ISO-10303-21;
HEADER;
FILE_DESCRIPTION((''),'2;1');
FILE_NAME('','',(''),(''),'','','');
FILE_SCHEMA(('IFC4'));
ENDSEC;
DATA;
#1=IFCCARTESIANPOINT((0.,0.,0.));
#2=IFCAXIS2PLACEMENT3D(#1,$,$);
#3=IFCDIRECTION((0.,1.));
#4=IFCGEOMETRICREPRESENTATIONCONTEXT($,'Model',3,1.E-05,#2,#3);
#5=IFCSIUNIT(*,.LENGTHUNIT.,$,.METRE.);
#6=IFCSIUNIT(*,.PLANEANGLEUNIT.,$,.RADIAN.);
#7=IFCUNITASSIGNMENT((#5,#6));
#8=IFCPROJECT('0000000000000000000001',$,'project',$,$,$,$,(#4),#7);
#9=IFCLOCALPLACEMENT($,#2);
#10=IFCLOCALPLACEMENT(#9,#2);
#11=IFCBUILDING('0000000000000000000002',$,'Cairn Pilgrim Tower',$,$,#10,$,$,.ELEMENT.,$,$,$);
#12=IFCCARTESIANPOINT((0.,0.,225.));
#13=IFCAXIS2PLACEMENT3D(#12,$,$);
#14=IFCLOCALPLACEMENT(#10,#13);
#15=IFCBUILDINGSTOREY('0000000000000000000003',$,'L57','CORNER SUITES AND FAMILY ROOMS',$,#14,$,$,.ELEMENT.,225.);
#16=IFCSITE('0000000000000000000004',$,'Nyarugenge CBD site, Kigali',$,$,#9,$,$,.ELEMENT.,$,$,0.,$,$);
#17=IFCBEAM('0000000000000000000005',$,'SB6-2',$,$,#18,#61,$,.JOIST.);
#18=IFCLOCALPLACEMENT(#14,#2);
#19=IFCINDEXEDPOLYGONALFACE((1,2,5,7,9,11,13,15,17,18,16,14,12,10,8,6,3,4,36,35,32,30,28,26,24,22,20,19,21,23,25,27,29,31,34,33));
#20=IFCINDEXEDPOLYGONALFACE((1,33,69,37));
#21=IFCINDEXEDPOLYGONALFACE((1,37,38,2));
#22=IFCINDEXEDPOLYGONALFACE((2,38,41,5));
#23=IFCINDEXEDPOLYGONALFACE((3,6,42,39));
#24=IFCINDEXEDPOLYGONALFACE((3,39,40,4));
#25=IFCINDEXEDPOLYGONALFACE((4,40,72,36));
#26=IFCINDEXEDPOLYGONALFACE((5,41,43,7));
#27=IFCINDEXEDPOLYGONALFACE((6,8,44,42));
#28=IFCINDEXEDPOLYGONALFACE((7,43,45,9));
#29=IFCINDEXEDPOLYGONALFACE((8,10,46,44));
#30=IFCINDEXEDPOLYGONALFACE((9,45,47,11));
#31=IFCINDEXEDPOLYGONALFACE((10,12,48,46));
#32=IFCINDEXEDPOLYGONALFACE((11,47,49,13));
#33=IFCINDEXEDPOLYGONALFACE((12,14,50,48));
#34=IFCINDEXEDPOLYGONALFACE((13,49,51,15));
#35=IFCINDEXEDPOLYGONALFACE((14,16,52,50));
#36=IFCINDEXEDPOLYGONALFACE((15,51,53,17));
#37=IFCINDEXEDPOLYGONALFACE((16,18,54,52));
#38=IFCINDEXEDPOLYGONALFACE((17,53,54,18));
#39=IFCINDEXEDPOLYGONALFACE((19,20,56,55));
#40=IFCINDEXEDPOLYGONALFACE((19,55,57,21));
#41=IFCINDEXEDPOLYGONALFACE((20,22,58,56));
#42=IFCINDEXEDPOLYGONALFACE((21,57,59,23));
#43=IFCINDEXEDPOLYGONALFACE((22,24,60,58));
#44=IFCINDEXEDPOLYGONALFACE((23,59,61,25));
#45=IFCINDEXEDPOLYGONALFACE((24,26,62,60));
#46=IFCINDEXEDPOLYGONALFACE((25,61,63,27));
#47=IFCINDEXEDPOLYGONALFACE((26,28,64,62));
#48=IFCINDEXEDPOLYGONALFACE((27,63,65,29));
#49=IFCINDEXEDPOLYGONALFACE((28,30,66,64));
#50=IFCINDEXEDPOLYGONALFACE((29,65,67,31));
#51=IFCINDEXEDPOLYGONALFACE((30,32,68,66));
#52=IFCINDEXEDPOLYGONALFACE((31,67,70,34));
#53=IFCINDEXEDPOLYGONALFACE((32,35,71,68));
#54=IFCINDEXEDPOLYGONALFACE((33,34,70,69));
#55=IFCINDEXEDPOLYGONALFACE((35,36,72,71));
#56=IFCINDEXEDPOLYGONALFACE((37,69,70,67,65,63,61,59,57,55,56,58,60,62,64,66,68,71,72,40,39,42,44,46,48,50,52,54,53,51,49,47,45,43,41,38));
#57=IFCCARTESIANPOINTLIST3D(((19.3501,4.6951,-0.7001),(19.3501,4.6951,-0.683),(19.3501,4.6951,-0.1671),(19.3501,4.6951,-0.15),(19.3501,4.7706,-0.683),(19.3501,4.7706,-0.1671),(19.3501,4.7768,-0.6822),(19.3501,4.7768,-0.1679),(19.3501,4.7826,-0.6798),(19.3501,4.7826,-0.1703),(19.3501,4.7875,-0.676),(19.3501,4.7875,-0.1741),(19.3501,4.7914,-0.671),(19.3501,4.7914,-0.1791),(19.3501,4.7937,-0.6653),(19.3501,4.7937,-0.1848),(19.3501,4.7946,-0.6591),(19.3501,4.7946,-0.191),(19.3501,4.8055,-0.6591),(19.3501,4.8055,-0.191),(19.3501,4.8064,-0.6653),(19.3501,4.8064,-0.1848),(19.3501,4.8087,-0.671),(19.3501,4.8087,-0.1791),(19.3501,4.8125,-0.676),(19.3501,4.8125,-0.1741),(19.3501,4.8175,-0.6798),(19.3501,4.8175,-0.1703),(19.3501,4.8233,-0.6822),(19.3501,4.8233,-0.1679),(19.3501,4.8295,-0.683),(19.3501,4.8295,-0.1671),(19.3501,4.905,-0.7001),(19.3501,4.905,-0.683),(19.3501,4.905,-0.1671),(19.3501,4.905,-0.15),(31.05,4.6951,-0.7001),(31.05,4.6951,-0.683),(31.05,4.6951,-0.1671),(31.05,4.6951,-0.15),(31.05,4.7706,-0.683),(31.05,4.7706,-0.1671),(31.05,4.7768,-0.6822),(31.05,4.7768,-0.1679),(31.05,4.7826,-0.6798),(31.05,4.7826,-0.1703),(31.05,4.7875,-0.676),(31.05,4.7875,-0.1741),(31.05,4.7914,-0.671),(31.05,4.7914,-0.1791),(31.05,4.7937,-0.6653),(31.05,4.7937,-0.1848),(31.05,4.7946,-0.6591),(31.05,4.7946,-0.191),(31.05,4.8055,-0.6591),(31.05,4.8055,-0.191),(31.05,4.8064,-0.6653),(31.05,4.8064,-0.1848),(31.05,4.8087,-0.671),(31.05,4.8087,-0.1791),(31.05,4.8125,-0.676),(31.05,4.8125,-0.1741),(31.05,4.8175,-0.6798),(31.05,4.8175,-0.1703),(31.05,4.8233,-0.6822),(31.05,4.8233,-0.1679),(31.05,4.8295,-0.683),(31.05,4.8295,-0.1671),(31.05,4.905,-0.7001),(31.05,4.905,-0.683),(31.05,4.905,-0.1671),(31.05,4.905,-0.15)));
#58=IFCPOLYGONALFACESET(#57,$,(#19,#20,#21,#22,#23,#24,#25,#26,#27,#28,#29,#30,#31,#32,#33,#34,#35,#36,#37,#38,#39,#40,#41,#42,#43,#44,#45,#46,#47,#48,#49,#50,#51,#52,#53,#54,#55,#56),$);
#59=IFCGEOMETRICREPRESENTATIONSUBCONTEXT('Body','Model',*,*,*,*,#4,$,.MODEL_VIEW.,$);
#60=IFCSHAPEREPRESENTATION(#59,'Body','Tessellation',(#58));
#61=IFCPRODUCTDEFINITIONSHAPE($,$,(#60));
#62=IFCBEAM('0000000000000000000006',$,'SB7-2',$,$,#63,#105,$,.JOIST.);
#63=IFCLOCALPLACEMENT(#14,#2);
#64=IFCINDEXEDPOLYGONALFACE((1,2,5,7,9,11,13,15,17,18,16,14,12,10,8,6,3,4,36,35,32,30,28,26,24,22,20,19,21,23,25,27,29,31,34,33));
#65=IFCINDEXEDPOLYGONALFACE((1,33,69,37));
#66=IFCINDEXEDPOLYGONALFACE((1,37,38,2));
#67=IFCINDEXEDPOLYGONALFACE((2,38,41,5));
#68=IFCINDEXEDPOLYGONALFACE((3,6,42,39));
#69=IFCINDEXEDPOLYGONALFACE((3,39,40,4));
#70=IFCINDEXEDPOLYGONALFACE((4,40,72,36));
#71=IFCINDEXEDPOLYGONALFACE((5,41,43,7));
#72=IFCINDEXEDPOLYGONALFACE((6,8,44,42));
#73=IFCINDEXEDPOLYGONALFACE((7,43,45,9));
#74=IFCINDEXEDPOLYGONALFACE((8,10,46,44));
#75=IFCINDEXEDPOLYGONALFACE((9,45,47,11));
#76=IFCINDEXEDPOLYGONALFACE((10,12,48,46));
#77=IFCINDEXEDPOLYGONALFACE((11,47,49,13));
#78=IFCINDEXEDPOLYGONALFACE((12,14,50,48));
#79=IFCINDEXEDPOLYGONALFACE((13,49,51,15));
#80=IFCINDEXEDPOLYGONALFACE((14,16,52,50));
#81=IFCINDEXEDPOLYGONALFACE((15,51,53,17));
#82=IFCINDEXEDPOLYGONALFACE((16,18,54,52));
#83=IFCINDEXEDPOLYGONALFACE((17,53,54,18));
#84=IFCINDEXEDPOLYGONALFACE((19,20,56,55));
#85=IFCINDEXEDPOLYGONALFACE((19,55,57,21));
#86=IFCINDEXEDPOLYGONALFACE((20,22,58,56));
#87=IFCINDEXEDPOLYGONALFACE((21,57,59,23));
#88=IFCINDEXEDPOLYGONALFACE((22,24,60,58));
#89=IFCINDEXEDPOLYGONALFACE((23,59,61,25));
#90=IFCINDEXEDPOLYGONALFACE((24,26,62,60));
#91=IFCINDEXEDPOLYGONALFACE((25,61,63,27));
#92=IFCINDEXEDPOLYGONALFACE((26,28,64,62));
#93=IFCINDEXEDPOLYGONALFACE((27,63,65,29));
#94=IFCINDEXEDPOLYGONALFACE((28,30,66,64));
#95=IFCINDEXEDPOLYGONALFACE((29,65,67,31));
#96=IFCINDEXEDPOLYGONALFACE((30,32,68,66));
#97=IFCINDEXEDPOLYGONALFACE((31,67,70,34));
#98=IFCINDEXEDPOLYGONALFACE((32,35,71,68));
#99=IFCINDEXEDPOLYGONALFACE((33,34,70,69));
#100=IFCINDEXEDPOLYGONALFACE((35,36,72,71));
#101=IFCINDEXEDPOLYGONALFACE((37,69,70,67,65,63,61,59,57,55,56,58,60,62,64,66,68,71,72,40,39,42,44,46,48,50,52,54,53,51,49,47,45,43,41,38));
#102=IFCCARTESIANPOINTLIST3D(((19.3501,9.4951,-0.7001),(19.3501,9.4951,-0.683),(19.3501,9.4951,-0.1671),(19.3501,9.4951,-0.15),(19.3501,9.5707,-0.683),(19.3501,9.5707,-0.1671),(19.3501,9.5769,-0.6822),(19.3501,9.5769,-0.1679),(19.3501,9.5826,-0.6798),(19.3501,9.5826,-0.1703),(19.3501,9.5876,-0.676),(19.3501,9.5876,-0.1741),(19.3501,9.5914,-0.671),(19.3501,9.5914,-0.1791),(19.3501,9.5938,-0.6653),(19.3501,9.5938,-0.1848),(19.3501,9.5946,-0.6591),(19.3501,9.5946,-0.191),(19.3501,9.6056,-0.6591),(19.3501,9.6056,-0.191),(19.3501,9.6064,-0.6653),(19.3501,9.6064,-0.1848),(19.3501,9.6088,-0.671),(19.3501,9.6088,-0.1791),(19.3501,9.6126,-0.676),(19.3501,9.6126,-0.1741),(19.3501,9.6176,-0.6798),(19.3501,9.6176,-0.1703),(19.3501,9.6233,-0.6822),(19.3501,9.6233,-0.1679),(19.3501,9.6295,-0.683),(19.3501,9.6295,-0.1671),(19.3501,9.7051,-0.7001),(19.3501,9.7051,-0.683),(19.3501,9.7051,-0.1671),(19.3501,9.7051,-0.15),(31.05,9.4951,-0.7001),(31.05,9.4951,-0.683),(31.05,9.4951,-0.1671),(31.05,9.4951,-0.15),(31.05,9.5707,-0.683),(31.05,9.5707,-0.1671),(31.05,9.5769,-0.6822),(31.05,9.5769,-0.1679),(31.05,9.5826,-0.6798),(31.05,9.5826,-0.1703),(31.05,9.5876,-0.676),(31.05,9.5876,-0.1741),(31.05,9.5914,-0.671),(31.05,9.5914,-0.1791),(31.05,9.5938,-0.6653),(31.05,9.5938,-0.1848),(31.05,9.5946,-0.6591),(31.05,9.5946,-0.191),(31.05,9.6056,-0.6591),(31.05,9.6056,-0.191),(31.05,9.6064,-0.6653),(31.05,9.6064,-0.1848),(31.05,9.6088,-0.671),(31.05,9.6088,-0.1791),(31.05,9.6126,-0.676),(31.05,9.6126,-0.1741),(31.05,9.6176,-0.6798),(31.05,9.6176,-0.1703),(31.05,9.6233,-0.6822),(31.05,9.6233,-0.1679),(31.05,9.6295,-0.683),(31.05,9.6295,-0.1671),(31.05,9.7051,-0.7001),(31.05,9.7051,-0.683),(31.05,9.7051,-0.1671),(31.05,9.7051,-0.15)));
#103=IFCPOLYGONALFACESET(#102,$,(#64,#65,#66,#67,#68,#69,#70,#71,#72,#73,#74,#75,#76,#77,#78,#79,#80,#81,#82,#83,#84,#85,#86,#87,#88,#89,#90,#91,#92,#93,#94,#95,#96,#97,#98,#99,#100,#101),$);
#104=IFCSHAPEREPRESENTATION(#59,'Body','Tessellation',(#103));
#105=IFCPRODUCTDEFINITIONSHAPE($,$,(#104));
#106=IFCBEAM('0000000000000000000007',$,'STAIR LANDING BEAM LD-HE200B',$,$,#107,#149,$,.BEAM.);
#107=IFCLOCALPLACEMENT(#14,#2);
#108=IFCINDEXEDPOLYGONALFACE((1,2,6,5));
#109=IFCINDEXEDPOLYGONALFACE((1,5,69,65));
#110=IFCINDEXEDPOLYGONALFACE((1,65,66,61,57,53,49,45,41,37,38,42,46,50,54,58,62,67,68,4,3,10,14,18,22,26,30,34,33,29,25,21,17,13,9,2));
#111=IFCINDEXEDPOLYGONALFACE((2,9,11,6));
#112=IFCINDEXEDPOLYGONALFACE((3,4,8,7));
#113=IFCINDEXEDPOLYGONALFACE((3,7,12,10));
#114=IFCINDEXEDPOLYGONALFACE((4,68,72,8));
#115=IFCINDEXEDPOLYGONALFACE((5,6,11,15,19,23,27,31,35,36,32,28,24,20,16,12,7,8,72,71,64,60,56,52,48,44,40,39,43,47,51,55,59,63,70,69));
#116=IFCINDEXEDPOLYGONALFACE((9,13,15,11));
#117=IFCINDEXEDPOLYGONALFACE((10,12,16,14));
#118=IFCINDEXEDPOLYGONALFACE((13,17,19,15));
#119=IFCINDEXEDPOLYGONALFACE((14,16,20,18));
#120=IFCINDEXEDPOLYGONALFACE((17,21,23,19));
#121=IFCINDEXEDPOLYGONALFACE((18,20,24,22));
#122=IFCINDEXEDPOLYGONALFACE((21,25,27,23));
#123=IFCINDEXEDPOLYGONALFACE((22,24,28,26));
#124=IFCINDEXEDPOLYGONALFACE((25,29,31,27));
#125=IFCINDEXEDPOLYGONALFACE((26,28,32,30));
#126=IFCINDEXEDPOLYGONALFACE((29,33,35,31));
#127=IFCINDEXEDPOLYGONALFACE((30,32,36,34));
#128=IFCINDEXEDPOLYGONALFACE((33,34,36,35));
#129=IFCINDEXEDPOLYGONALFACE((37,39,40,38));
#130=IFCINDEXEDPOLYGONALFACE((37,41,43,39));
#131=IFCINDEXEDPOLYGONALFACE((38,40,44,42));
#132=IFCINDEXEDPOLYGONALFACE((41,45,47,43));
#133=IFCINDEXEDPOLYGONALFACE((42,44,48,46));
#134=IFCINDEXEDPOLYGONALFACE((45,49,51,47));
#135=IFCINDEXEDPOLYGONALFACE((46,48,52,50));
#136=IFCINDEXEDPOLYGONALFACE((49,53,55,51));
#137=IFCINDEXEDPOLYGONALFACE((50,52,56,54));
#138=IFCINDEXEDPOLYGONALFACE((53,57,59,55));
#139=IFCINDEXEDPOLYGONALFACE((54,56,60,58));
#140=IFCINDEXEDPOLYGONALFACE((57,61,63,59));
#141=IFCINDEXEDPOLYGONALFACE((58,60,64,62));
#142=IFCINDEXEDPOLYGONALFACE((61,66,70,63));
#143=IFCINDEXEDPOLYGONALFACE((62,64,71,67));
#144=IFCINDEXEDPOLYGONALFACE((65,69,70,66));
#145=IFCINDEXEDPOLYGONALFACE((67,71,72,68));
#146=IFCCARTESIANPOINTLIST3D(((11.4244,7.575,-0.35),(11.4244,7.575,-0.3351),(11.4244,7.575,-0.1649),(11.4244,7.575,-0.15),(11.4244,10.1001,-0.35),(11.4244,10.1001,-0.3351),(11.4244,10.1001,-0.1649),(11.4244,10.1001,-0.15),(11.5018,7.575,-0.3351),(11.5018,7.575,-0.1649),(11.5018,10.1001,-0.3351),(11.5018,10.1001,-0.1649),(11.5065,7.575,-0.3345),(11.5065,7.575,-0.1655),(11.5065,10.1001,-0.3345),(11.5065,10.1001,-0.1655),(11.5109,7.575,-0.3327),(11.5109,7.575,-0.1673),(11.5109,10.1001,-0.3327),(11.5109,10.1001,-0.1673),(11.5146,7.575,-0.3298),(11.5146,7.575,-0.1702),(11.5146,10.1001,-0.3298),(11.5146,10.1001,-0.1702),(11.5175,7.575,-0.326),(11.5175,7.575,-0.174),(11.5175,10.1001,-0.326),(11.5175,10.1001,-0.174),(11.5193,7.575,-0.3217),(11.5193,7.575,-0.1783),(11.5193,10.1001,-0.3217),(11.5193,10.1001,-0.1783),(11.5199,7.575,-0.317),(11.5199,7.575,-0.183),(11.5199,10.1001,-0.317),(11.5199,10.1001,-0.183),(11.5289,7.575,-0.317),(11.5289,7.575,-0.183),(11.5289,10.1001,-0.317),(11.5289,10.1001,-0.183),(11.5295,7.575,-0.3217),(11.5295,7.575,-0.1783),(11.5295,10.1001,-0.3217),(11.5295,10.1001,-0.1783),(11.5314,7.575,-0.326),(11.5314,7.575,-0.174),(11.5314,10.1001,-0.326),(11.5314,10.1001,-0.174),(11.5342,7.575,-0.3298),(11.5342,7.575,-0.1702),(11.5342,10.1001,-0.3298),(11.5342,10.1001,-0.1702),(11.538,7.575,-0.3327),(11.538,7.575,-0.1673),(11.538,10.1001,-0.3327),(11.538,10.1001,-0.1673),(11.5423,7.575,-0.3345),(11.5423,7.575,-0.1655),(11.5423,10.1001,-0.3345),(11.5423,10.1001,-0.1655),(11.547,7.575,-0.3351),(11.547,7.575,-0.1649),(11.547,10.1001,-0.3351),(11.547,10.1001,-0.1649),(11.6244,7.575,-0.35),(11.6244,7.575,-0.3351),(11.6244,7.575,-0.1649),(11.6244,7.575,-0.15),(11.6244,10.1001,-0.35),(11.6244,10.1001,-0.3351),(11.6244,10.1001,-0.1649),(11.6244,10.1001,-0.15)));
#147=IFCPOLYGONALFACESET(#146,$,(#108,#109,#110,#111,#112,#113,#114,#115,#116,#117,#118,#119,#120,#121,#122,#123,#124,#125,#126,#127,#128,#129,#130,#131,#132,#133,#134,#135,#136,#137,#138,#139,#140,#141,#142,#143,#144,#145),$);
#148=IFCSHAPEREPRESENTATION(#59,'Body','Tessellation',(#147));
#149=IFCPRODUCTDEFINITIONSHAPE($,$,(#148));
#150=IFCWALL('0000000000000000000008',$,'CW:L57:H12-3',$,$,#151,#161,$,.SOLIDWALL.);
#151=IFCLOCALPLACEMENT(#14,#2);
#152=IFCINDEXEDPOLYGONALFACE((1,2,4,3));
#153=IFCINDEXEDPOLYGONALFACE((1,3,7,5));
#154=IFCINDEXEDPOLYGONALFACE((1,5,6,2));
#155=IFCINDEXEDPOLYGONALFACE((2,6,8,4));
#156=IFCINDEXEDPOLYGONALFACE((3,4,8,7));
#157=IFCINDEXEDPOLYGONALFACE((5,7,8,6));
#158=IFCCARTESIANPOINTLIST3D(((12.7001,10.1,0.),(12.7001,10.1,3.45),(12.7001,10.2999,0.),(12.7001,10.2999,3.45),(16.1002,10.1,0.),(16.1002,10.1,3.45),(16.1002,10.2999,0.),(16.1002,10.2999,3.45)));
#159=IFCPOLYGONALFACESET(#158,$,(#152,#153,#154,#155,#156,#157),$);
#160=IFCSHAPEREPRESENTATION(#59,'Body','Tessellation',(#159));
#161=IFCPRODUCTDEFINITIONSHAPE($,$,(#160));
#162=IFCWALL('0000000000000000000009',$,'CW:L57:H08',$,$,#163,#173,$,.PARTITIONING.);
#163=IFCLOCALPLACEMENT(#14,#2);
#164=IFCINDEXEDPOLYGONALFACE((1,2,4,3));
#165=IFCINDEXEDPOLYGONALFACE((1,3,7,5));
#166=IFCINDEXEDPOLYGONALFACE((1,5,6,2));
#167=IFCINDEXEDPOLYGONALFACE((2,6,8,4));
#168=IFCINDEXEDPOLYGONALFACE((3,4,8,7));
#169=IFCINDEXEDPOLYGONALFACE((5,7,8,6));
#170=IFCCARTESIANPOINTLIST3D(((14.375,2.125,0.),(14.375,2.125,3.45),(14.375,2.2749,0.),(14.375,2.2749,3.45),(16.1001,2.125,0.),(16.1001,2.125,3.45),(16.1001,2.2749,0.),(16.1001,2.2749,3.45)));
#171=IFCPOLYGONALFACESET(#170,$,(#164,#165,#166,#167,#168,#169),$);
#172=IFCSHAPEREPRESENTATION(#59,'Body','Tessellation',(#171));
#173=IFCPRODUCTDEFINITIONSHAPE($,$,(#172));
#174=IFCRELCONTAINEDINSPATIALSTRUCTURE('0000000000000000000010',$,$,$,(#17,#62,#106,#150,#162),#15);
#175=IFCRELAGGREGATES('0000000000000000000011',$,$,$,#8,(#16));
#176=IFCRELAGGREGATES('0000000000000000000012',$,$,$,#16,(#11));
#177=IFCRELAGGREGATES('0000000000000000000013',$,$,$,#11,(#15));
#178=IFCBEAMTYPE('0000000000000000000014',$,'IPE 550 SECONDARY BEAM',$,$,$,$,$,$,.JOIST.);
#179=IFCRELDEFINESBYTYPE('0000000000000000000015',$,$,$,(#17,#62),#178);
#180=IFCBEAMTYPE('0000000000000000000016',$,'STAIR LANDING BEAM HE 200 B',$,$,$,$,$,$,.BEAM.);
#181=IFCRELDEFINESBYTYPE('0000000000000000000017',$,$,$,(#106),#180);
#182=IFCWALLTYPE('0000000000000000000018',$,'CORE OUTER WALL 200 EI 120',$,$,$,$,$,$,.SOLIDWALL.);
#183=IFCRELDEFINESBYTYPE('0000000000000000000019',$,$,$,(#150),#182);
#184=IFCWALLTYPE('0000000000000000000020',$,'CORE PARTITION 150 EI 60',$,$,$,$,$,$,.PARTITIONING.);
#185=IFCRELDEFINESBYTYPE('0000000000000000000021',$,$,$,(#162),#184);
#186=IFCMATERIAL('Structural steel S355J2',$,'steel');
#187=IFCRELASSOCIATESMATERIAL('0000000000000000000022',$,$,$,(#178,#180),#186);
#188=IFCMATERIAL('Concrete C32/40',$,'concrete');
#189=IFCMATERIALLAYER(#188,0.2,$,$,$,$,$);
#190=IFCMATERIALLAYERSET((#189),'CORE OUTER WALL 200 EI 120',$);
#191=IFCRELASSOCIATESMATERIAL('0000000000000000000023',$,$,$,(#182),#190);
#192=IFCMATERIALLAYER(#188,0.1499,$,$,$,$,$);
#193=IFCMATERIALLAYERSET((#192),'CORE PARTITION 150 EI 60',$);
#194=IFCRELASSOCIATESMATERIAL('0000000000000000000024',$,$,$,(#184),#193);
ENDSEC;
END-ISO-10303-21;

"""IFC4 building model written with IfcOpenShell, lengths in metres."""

from ifc_helpers import new_model, si_unit, direction, frame, frame_2d, origin, origin_2d, place, context, subcontext, project, spatial, rectangle, i_section, extrude, material, layer, layer_set, material_profile, profile_set, type_object, element, save


model = new_model("IFC4")

# Units and contexts
model_context = context("Model", 3, precision=1e-05, world=origin(), true_north=direction((0.0, 1.0)))
body_context = subcontext(model_context, "Body", "Model", "MODEL_VIEW")
ifc_project = project(units=[si_unit("LENGTHUNIT", "METRE"), si_unit("PLANEANGLEUNIT", "RADIAN")], contexts=[model_context])

# Site, building, storey
site_placement = place(None, origin())
site = spatial("IfcSite", under=ifc_project, at=site_placement, Name="Nyarugenge CBD site, Kigali", CompositionType="ELEMENT", RefElevation=0.0)
building_placement = place(site_placement, origin())
building = spatial("IfcBuilding", under=site, at=building_placement, Name="Cairn Pilgrim Tower", CompositionType="ELEMENT")
storey_placement = place(building_placement, frame((0.0, 0.0, 225.0)))
storey = spatial("IfcBuildingStorey", under=building, at=storey_placement, Name="L57", Description="CORNER SUITES AND FAMILY ROOMS", CompositionType="ELEMENT", Elevation=225.0)

# Shared definitions
ifc_material_1 = material(Name="Structural steel S355J2", Category="steel")

# Beams
ifc_material_profile_1 = material_profile(ifc_material_1, i_section(OverallWidth=0.21, OverallDepth=0.55, WebThickness=0.011, FlangeThickness=0.0171, FilletRadius=0.0239, at=origin_2d()), Name="IPE 550")
ifc_profile_set_1 = profile_set([ifc_material_profile_1], Name="Structural steel S355J2")
beam_type_1 = type_object("IfcBeamType", Name="IPE 550 SECONDARY BEAM", PredefinedType="JOIST", material=ifc_profile_set_1)
for number, where, z_axis, x_axis, name in (
    (1, (19.3501, 4.8, -0.425), (1.0, 0.0, 0.0), (0.0, 1.0, 0.0), "SB6-2"),
    (2, (19.3501, 9.6001, -0.425), (1.0, 0.0, 0.0), (0.0, 1.0, 0.0), "SB7-2"),
):
    element("IfcBeam", number, at=place(storey_placement, frame(where, z_axis=z_axis, x_axis=x_axis)), inside=storey, type_object=beam_type_1, Name=name, PredefinedType="JOIST", context=body_context, shape_type="SweptSolid", body=[
        extrude(i_section(OverallWidth=0.21, OverallDepth=0.55, WebThickness=0.011, FlangeThickness=0.0171, FilletRadius=0.0239, at=origin_2d()), origin(), (0.0, 0.0, 1.0), 11.7),
    ])
ifc_material_profile_2 = material_profile(ifc_material_1, i_section(OverallWidth=0.2, OverallDepth=0.2, WebThickness=0.009, FlangeThickness=0.0149, FilletRadius=0.0181, at=origin_2d()), Name="HE 200 B")
ifc_profile_set_2 = profile_set([ifc_material_profile_2], Name="Structural steel S355J2")
beam_type_2 = type_object("IfcBeamType", Name="STAIR LANDING BEAM HE 200 B", PredefinedType="BEAM", material=ifc_profile_set_2)
beam_1_placement = place(storey_placement, frame((11.5244, 10.1001, -0.25), z_axis=(0.0, -1.0, 0.0), x_axis=(1.0, 0.0, 0.0)))
element("IfcBeam", 3, at=beam_1_placement, inside=storey, type_object=beam_type_2, Name="STAIR LANDING BEAM LD-HE200B", PredefinedType="BEAM", context=body_context, shape_type="SweptSolid", body=[
    extrude(i_section(OverallWidth=0.2, OverallDepth=0.2, WebThickness=0.009, FlangeThickness=0.0149, FilletRadius=0.0181, at=origin_2d()), origin(), (0.0, 0.0, 1.0), 2.5251),
])

# Walls
ifc_material_2 = material(Name="Concrete C32/40", Category="concrete")
ifc_layer_1 = layer(ifc_material_2, 0.2)
ifc_layer_set_1 = layer_set([ifc_layer_1], Name="CORE OUTER WALL 200 EI 120")
wall_type_1 = type_object("IfcWallType", Name="CORE OUTER WALL 200 EI 120", PredefinedType="SOLIDWALL", material=ifc_layer_set_1)
wall_1_placement = place(storey_placement, frame((12.7, 10.2, 0.0), z_axis=(0.0, 0.0, 1.0), x_axis=(1.0, 0.0, 0.0)))
element("IfcWall", 4, at=wall_1_placement, inside=storey, type_object=wall_type_1, Name="CW:L57:H12-3", PredefinedType="SOLIDWALL", context=body_context, shape_type="SweptSolid", body=[
    extrude(rectangle(XDim=3.4001, YDim=0.2, at=frame_2d((1.7002, 0.0))), origin(), (0.0, 0.0, 1.0), 3.45),
])
ifc_layer_2 = layer(ifc_material_2, 0.1499)
ifc_layer_set_2 = layer_set([ifc_layer_2], Name="CORE PARTITION 150 EI 60")
wall_type_2 = type_object("IfcWallType", Name="CORE PARTITION 150 EI 60", PredefinedType="PARTITIONING", material=ifc_layer_set_2)
wall_2_placement = place(storey_placement, frame((14.375, 2.2, 0.0), z_axis=(0.0, 0.0, 1.0), x_axis=(1.0, 0.0, 0.0)))
element("IfcWall", 5, at=wall_2_placement, inside=storey, type_object=wall_type_2, Name="CW:L57:H08", PredefinedType="PARTITIONING", context=body_context, shape_type="SweptSolid", body=[
    extrude(rectangle(XDim=1.7251, YDim=0.1499, at=frame_2d((0.8625, 0.0))), origin(), (0.0, 0.0, 1.0), 3.45),
])

save(model, "model.ifc")
